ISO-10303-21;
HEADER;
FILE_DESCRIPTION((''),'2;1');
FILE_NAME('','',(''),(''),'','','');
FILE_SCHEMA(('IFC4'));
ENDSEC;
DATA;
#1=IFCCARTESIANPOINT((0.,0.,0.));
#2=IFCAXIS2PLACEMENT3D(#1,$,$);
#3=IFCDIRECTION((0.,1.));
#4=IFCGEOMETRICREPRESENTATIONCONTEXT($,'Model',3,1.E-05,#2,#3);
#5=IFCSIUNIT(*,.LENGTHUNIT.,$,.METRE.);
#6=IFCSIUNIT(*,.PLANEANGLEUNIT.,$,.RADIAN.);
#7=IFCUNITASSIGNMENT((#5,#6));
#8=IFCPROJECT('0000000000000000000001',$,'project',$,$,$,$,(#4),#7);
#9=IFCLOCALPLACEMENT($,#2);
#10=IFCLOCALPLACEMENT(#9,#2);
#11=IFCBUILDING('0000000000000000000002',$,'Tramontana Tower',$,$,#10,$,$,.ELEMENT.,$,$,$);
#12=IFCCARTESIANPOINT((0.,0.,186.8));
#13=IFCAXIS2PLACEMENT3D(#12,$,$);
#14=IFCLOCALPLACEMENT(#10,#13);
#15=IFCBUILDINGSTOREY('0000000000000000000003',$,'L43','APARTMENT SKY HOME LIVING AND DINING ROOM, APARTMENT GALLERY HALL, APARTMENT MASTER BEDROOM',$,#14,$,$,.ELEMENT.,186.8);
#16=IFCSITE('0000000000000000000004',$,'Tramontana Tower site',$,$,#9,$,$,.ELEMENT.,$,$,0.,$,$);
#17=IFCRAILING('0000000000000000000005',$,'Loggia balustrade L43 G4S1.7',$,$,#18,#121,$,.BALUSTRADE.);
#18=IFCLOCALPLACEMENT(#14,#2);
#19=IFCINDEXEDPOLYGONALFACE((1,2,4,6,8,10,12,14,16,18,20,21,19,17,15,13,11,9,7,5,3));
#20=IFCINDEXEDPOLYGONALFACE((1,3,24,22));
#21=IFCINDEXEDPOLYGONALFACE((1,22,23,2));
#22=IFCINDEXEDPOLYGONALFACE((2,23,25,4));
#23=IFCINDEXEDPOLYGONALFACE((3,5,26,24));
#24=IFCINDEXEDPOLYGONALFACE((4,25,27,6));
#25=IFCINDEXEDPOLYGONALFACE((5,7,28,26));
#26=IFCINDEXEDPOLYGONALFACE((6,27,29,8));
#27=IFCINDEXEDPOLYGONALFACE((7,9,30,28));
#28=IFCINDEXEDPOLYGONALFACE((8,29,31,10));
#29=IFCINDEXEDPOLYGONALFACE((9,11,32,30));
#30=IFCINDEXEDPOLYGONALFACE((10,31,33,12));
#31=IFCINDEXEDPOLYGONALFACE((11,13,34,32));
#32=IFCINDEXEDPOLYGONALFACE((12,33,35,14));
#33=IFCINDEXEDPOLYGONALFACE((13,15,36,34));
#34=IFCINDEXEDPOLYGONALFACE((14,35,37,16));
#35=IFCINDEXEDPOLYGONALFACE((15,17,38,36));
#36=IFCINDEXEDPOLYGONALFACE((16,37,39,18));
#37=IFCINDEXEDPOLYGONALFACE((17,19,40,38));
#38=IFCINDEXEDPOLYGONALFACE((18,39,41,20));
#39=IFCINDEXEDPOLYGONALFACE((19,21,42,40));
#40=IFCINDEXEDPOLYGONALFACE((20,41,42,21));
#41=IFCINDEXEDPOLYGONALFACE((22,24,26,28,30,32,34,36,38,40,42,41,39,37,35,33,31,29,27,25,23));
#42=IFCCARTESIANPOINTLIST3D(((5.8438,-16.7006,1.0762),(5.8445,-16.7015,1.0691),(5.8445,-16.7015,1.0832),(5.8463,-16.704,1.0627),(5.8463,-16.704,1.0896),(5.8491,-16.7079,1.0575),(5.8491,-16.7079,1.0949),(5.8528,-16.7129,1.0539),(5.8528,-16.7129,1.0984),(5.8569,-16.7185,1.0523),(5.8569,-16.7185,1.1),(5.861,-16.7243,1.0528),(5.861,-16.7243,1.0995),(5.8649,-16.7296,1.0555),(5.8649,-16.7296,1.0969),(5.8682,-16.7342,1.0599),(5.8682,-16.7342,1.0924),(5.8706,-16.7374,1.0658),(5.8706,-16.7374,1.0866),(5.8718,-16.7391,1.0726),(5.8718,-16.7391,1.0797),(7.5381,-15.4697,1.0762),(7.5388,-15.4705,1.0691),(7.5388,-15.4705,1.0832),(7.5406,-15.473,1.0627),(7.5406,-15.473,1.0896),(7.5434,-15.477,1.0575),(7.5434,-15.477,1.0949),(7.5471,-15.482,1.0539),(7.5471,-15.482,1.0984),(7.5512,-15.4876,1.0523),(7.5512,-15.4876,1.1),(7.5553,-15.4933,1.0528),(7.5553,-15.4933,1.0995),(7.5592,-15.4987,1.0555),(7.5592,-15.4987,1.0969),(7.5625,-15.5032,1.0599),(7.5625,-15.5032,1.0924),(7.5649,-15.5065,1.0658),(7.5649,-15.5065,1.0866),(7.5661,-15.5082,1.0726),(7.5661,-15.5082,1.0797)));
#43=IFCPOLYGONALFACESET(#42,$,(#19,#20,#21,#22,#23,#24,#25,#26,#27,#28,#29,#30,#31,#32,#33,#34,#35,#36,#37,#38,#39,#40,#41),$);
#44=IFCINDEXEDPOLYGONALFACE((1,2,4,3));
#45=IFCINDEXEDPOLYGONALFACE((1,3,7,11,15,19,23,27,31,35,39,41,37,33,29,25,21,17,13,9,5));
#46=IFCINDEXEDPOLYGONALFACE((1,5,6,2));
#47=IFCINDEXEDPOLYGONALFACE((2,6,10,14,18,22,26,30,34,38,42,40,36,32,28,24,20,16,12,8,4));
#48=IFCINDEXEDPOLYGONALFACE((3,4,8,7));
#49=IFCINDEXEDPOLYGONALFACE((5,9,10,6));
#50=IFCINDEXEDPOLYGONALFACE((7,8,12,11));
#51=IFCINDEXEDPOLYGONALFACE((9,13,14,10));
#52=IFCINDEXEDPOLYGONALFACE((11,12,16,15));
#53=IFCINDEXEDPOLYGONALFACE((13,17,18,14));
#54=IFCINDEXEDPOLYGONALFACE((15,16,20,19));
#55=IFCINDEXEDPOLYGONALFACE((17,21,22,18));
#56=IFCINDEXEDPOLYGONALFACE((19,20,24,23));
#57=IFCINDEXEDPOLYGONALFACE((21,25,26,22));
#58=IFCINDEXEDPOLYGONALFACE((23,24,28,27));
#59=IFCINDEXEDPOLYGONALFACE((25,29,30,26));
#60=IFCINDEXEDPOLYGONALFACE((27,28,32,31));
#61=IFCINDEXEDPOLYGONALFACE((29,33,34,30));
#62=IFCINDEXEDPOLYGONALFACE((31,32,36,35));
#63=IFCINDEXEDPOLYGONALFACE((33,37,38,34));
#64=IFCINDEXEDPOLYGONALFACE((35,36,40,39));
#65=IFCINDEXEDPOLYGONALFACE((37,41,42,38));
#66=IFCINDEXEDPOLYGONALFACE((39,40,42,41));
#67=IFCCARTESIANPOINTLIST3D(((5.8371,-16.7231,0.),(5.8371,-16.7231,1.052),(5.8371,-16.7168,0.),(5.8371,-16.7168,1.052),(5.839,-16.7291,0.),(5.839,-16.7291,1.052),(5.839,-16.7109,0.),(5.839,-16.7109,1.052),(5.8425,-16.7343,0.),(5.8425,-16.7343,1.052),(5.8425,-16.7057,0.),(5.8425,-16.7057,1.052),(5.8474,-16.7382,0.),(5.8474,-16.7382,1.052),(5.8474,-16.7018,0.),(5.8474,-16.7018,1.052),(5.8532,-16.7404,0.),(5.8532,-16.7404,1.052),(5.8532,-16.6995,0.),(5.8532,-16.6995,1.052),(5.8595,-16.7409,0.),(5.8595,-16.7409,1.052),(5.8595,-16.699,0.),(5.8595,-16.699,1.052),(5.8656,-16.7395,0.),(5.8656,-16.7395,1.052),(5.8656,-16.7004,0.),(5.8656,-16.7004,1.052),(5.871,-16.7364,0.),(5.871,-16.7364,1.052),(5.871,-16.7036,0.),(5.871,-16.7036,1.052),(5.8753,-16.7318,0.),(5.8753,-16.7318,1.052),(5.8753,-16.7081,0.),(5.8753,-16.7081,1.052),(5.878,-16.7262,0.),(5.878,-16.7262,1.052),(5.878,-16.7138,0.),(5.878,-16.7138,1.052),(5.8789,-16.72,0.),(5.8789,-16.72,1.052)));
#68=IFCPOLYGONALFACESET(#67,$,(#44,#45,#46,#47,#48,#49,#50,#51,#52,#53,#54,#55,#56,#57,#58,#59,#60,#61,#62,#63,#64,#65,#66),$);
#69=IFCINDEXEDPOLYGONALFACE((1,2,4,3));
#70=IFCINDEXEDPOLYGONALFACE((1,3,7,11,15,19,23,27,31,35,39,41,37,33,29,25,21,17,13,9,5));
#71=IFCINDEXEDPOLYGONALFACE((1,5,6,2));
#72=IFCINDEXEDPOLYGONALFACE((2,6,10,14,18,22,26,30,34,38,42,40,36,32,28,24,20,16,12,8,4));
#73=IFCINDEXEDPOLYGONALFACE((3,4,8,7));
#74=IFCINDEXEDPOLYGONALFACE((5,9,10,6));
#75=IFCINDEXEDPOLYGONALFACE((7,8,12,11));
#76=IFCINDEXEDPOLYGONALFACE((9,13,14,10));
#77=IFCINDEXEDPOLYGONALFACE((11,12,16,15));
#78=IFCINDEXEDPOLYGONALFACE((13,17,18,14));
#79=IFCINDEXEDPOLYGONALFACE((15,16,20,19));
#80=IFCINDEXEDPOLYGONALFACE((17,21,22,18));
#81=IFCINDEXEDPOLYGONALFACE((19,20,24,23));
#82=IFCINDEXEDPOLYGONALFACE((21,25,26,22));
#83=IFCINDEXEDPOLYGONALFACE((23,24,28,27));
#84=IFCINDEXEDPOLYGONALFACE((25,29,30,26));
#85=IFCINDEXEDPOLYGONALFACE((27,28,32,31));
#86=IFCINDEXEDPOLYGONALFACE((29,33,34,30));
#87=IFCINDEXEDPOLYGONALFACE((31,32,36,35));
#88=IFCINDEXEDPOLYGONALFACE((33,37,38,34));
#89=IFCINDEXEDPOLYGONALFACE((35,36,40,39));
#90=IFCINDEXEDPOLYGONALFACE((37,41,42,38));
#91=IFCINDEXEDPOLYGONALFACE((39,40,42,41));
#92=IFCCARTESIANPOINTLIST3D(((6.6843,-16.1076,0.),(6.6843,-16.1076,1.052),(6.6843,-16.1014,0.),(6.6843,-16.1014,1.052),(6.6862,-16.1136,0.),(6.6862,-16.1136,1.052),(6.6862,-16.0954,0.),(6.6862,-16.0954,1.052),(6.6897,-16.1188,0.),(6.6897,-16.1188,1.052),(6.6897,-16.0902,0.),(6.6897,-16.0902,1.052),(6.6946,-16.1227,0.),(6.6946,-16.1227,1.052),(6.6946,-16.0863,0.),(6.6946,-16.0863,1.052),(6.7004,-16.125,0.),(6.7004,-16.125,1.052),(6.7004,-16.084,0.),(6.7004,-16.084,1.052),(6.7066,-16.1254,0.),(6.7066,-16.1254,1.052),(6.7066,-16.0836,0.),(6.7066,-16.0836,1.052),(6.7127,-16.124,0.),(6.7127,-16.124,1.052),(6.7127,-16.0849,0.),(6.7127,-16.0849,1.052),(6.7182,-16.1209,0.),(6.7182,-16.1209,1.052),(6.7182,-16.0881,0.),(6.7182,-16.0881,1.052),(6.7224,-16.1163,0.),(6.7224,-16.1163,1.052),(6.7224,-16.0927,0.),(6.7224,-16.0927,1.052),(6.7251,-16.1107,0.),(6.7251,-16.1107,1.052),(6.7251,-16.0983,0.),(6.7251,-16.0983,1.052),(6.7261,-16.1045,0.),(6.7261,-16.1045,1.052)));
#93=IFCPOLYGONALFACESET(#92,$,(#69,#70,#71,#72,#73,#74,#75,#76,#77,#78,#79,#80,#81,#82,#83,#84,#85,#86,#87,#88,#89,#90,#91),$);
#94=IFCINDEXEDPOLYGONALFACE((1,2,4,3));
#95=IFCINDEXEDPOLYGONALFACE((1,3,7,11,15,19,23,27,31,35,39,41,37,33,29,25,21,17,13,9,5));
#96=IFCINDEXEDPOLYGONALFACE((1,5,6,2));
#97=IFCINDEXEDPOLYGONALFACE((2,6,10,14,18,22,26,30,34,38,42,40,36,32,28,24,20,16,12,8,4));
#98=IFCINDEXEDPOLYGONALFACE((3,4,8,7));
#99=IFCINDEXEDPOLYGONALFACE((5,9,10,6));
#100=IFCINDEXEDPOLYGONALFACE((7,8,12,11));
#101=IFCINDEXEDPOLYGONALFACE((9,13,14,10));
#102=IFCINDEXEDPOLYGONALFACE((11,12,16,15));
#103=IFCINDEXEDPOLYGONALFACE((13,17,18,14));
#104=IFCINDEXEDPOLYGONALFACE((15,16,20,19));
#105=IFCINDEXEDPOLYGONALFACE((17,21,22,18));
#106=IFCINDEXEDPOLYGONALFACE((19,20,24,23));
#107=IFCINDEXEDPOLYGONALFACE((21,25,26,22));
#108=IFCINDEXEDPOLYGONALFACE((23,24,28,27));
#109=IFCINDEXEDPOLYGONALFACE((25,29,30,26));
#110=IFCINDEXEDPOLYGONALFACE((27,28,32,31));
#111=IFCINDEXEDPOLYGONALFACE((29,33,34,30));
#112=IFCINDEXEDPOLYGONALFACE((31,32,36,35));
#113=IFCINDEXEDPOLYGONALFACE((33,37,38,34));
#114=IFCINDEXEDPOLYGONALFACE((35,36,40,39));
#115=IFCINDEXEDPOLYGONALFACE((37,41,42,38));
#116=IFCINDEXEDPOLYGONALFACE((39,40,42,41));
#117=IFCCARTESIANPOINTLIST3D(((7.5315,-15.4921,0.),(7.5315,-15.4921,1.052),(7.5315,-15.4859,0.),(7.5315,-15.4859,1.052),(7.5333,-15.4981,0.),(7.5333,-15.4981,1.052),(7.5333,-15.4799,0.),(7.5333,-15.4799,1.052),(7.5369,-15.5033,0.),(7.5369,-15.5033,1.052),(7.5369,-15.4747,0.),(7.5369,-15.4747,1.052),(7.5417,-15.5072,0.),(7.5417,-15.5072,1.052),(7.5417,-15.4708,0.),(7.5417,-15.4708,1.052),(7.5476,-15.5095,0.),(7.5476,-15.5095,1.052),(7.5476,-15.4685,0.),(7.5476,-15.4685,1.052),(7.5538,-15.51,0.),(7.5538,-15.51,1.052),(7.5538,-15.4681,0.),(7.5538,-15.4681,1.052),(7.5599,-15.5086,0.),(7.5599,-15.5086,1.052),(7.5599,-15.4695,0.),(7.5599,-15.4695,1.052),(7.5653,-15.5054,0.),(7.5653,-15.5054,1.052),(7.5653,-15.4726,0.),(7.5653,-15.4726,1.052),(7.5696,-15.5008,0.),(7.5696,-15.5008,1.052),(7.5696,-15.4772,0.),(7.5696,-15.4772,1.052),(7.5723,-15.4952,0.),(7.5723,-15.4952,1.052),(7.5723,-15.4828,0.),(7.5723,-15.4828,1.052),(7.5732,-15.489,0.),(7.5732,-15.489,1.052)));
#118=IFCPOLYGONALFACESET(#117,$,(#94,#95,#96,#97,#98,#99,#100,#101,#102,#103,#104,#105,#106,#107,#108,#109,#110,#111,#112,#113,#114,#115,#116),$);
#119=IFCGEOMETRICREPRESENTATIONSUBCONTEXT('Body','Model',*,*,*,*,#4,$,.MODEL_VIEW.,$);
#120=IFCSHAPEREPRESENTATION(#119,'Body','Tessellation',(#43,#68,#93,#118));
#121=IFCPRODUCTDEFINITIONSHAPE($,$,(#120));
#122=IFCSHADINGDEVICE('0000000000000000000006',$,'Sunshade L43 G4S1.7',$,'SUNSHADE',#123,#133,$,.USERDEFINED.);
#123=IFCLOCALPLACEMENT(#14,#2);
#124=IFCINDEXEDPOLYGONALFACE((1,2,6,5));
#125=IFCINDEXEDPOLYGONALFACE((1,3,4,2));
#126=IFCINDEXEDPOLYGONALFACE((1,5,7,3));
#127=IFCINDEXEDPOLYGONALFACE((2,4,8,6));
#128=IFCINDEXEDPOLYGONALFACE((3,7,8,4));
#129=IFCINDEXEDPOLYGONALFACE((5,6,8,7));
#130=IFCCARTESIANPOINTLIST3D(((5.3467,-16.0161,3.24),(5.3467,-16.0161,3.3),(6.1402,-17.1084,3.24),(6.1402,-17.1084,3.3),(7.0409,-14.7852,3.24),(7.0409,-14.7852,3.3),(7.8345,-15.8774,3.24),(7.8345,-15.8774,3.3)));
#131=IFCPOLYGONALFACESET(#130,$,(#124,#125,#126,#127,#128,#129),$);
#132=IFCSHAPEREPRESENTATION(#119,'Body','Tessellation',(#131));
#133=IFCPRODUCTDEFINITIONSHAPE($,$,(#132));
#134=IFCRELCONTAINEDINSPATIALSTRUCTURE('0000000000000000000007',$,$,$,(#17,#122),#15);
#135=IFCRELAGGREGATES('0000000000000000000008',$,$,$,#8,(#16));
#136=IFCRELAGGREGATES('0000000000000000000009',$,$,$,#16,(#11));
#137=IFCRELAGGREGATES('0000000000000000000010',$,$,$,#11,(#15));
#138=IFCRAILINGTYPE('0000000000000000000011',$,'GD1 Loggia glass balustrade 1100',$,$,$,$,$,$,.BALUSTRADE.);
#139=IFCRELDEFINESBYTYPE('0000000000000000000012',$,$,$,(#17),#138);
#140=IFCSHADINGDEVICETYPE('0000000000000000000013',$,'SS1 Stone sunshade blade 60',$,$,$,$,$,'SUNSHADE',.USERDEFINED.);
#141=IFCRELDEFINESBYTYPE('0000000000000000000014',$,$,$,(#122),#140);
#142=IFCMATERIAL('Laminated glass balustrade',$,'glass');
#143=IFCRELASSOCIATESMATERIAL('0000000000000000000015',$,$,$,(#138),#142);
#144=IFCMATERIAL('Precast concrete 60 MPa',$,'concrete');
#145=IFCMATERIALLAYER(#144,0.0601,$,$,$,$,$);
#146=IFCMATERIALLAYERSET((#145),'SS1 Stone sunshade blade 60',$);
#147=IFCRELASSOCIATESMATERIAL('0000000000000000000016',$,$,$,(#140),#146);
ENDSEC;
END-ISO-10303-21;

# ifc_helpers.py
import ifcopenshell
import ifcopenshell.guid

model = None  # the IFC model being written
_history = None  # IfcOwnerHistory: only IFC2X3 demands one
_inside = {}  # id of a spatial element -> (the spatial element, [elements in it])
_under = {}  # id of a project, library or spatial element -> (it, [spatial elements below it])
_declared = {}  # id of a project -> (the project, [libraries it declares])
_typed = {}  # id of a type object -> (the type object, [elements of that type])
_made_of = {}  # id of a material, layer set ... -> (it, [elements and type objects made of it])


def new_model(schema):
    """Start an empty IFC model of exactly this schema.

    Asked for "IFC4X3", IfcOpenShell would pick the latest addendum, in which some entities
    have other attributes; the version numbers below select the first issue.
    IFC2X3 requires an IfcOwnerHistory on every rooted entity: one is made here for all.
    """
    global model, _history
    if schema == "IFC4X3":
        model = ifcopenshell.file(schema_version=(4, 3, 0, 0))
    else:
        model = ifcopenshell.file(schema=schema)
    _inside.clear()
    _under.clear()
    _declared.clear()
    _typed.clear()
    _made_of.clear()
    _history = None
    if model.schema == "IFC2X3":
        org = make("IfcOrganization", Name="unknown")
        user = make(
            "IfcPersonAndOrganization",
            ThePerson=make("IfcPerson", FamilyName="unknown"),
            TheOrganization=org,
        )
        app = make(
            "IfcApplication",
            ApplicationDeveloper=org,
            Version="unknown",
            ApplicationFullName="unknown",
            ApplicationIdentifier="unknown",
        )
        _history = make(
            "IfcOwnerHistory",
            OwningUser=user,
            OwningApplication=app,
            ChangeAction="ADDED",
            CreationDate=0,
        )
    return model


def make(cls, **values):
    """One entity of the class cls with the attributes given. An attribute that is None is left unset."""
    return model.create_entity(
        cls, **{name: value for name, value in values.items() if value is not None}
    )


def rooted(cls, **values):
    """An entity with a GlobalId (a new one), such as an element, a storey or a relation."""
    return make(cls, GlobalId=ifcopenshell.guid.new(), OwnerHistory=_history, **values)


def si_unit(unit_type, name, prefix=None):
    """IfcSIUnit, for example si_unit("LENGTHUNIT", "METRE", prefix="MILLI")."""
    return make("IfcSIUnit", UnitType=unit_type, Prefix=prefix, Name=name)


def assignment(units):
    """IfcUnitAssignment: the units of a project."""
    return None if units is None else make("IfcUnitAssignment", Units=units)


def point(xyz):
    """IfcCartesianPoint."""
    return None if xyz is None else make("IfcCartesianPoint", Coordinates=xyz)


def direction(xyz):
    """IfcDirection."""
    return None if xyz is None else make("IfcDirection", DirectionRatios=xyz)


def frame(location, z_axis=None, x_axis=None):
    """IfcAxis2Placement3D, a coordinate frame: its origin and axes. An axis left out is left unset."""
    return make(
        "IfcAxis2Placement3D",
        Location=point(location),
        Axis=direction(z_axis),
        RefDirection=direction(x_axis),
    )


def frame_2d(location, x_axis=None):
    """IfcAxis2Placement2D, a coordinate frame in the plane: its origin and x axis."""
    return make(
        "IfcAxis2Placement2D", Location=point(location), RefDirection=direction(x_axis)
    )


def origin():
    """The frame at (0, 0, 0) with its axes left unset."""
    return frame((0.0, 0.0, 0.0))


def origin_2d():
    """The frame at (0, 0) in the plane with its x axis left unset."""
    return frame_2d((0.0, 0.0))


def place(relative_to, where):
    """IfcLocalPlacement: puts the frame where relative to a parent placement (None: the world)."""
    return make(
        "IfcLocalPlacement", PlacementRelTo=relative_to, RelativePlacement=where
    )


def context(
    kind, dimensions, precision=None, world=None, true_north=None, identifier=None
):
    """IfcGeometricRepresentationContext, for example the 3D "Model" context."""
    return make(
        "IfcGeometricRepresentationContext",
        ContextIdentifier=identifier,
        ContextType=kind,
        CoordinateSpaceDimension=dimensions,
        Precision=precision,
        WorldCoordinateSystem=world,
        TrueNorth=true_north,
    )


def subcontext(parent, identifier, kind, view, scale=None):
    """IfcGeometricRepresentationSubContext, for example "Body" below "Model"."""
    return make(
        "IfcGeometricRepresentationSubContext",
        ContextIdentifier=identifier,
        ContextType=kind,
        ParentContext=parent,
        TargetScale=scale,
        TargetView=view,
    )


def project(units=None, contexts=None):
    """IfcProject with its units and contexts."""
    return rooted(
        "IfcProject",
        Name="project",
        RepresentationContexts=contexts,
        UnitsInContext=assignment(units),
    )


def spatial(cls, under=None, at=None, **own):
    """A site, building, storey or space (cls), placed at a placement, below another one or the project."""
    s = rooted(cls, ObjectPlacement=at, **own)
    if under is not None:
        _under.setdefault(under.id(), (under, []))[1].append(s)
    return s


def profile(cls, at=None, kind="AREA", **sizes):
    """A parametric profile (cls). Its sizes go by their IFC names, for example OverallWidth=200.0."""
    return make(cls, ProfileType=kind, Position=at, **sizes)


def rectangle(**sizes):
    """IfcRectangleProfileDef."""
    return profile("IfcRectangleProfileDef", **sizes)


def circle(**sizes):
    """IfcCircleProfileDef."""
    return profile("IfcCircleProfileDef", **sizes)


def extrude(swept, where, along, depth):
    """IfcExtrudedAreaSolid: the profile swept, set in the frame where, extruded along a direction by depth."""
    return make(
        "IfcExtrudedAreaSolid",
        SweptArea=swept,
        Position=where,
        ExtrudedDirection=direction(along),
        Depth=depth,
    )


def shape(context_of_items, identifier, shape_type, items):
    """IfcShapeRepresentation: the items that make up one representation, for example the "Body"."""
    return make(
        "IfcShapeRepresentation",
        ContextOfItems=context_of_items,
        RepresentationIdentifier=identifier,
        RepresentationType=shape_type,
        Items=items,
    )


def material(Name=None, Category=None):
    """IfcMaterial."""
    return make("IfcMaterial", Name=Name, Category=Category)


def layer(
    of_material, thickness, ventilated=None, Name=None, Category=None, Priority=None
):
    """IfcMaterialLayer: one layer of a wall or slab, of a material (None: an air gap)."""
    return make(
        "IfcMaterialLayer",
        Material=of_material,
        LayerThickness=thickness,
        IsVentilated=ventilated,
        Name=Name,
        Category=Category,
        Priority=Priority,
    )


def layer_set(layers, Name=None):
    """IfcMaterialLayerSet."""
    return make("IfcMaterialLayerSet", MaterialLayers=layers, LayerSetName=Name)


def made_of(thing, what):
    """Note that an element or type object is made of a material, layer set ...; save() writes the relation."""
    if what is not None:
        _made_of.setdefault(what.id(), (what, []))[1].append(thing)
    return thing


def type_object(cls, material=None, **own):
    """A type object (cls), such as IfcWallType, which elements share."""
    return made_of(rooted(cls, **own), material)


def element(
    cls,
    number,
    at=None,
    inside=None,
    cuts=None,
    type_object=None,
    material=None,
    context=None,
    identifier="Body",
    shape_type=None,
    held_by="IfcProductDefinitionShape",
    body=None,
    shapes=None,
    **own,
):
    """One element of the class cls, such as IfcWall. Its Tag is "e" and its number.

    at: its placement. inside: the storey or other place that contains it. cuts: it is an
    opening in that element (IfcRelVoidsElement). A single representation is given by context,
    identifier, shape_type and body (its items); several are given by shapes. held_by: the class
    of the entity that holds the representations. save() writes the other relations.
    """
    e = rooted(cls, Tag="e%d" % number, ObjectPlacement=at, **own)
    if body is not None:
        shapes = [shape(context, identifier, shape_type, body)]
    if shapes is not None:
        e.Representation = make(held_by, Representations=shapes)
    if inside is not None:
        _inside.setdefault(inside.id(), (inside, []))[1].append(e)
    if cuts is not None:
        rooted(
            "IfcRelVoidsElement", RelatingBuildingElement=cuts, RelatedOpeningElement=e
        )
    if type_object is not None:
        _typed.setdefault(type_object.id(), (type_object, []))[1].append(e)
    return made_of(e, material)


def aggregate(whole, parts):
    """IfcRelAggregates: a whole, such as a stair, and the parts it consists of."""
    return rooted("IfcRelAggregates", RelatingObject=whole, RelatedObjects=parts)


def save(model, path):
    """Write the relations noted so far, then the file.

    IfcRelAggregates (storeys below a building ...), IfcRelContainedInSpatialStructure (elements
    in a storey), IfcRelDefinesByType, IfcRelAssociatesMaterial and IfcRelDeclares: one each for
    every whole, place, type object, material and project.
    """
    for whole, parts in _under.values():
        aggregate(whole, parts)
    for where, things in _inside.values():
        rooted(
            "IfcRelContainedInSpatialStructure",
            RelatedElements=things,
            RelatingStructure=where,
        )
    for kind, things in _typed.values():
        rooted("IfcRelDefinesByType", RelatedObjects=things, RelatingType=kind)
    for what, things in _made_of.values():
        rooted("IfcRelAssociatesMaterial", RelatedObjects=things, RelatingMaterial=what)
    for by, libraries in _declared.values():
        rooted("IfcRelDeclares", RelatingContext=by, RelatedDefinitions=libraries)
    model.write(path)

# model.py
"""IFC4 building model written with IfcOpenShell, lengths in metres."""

from ifc_helpers import new_model, si_unit, direction, frame, origin, origin_2d, place, context, subcontext, project, spatial, rectangle, circle, extrude, material, layer, layer_set, type_object, element, save


model = new_model("IFC4")

# Units and contexts
model_context = context("Model", 3, precision=1e-05, world=origin(), true_north=direction((0.0, 1.0)))
body_context = subcontext(model_context, "Body", "Model", "MODEL_VIEW")
ifc_project = project(units=[si_unit("LENGTHUNIT", "METRE"), si_unit("PLANEANGLEUNIT", "RADIAN")], contexts=[model_context])

# Site, building, storey
site_placement = place(None, origin())
site = spatial("IfcSite", under=ifc_project, at=site_placement, Name="Tramontana Tower site", CompositionType="ELEMENT", RefElevation=0.0)
building_placement = place(site_placement, origin())
building = spatial("IfcBuilding", under=site, at=building_placement, Name="Tramontana Tower", CompositionType="ELEMENT")
storey_placement = place(building_placement, frame((0.0, 0.0, 186.8)))
storey = spatial("IfcBuildingStorey", under=building, at=storey_placement, Name="L43", Description="APARTMENT SKY HOME LIVING AND DINING ROOM, APARTMENT GALLERY HALL, APARTMENT MASTER BEDROOM", CompositionType="ELEMENT", Elevation=186.8)

# Railing
ifc_material_1 = material(Name="Laminated glass balustrade", Category="glass")
railing_type = type_object("IfcRailingType", Name="GD1 Loggia glass balustrade 1100", PredefinedType="BALUSTRADE", material=ifc_material_1)
railing_placement = place(storey_placement, frame((5.8579, -16.72, 0.0)))
element("IfcRailing", 1, at=railing_placement, inside=storey, type_object=railing_type, Name="Loggia balustrade L43 G4S1.7", PredefinedType="BALUSTRADE", context=body_context, shape_type="SweptSolid", body=[
    extrude(circle(Radius=0.0239, at=origin_2d()), frame((0.0, 0.0, 1.0762), z_axis=(0.809028, 0.58777, 0.0), x_axis=(-0.58777, 0.809028, 0.0)), (0.0, 0.0, 1.0), 2.0942),
    extrude(circle(Radius=0.021, at=origin_2d()), origin(), (0.0, 0.0, 1.0), 1.052),
    extrude(circle(Radius=0.021, at=origin_2d()), frame((0.8472, 0.6155, 0.0)), (0.0, 0.0, 1.0), 1.052),
    extrude(circle(Radius=0.021, at=origin_2d()), frame((1.6943, 1.231, 0.0)), (0.0, 0.0, 1.0), 1.052),
])

# Shading device
ifc_material_2 = material(Name="Precast concrete 60 MPa", Category="concrete")
ifc_layer_1 = layer(ifc_material_2, 0.0601)
ifc_layer_set_1 = layer_set([ifc_layer_1], Name="SS1 Stone sunshade blade 60")
shading_device_type = type_object("IfcShadingDeviceType", Name="SS1 Stone sunshade blade 60", ElementType="SUNSHADE", PredefinedType="USERDEFINED", material=ifc_layer_set_1)
shading_device_placement = place(storey_placement, frame((6.5906, -15.9468, 3.24), z_axis=(0.0, 0.0, 1.0), x_axis=(0.809017, 0.587785, 0.0)))
element("IfcShadingDevice", 2, at=shading_device_placement, inside=storey, type_object=shading_device_type, Name="Sunshade L43 G4S1.7", ObjectType="SUNSHADE", PredefinedType="USERDEFINED", context=body_context, shape_type="SweptSolid", body=[
    extrude(rectangle(XDim=2.0942, YDim=1.3501, at=origin_2d()), origin(), (0.0, 0.0, 1.0), 0.0601),
])

save(model, "model.ifc")
